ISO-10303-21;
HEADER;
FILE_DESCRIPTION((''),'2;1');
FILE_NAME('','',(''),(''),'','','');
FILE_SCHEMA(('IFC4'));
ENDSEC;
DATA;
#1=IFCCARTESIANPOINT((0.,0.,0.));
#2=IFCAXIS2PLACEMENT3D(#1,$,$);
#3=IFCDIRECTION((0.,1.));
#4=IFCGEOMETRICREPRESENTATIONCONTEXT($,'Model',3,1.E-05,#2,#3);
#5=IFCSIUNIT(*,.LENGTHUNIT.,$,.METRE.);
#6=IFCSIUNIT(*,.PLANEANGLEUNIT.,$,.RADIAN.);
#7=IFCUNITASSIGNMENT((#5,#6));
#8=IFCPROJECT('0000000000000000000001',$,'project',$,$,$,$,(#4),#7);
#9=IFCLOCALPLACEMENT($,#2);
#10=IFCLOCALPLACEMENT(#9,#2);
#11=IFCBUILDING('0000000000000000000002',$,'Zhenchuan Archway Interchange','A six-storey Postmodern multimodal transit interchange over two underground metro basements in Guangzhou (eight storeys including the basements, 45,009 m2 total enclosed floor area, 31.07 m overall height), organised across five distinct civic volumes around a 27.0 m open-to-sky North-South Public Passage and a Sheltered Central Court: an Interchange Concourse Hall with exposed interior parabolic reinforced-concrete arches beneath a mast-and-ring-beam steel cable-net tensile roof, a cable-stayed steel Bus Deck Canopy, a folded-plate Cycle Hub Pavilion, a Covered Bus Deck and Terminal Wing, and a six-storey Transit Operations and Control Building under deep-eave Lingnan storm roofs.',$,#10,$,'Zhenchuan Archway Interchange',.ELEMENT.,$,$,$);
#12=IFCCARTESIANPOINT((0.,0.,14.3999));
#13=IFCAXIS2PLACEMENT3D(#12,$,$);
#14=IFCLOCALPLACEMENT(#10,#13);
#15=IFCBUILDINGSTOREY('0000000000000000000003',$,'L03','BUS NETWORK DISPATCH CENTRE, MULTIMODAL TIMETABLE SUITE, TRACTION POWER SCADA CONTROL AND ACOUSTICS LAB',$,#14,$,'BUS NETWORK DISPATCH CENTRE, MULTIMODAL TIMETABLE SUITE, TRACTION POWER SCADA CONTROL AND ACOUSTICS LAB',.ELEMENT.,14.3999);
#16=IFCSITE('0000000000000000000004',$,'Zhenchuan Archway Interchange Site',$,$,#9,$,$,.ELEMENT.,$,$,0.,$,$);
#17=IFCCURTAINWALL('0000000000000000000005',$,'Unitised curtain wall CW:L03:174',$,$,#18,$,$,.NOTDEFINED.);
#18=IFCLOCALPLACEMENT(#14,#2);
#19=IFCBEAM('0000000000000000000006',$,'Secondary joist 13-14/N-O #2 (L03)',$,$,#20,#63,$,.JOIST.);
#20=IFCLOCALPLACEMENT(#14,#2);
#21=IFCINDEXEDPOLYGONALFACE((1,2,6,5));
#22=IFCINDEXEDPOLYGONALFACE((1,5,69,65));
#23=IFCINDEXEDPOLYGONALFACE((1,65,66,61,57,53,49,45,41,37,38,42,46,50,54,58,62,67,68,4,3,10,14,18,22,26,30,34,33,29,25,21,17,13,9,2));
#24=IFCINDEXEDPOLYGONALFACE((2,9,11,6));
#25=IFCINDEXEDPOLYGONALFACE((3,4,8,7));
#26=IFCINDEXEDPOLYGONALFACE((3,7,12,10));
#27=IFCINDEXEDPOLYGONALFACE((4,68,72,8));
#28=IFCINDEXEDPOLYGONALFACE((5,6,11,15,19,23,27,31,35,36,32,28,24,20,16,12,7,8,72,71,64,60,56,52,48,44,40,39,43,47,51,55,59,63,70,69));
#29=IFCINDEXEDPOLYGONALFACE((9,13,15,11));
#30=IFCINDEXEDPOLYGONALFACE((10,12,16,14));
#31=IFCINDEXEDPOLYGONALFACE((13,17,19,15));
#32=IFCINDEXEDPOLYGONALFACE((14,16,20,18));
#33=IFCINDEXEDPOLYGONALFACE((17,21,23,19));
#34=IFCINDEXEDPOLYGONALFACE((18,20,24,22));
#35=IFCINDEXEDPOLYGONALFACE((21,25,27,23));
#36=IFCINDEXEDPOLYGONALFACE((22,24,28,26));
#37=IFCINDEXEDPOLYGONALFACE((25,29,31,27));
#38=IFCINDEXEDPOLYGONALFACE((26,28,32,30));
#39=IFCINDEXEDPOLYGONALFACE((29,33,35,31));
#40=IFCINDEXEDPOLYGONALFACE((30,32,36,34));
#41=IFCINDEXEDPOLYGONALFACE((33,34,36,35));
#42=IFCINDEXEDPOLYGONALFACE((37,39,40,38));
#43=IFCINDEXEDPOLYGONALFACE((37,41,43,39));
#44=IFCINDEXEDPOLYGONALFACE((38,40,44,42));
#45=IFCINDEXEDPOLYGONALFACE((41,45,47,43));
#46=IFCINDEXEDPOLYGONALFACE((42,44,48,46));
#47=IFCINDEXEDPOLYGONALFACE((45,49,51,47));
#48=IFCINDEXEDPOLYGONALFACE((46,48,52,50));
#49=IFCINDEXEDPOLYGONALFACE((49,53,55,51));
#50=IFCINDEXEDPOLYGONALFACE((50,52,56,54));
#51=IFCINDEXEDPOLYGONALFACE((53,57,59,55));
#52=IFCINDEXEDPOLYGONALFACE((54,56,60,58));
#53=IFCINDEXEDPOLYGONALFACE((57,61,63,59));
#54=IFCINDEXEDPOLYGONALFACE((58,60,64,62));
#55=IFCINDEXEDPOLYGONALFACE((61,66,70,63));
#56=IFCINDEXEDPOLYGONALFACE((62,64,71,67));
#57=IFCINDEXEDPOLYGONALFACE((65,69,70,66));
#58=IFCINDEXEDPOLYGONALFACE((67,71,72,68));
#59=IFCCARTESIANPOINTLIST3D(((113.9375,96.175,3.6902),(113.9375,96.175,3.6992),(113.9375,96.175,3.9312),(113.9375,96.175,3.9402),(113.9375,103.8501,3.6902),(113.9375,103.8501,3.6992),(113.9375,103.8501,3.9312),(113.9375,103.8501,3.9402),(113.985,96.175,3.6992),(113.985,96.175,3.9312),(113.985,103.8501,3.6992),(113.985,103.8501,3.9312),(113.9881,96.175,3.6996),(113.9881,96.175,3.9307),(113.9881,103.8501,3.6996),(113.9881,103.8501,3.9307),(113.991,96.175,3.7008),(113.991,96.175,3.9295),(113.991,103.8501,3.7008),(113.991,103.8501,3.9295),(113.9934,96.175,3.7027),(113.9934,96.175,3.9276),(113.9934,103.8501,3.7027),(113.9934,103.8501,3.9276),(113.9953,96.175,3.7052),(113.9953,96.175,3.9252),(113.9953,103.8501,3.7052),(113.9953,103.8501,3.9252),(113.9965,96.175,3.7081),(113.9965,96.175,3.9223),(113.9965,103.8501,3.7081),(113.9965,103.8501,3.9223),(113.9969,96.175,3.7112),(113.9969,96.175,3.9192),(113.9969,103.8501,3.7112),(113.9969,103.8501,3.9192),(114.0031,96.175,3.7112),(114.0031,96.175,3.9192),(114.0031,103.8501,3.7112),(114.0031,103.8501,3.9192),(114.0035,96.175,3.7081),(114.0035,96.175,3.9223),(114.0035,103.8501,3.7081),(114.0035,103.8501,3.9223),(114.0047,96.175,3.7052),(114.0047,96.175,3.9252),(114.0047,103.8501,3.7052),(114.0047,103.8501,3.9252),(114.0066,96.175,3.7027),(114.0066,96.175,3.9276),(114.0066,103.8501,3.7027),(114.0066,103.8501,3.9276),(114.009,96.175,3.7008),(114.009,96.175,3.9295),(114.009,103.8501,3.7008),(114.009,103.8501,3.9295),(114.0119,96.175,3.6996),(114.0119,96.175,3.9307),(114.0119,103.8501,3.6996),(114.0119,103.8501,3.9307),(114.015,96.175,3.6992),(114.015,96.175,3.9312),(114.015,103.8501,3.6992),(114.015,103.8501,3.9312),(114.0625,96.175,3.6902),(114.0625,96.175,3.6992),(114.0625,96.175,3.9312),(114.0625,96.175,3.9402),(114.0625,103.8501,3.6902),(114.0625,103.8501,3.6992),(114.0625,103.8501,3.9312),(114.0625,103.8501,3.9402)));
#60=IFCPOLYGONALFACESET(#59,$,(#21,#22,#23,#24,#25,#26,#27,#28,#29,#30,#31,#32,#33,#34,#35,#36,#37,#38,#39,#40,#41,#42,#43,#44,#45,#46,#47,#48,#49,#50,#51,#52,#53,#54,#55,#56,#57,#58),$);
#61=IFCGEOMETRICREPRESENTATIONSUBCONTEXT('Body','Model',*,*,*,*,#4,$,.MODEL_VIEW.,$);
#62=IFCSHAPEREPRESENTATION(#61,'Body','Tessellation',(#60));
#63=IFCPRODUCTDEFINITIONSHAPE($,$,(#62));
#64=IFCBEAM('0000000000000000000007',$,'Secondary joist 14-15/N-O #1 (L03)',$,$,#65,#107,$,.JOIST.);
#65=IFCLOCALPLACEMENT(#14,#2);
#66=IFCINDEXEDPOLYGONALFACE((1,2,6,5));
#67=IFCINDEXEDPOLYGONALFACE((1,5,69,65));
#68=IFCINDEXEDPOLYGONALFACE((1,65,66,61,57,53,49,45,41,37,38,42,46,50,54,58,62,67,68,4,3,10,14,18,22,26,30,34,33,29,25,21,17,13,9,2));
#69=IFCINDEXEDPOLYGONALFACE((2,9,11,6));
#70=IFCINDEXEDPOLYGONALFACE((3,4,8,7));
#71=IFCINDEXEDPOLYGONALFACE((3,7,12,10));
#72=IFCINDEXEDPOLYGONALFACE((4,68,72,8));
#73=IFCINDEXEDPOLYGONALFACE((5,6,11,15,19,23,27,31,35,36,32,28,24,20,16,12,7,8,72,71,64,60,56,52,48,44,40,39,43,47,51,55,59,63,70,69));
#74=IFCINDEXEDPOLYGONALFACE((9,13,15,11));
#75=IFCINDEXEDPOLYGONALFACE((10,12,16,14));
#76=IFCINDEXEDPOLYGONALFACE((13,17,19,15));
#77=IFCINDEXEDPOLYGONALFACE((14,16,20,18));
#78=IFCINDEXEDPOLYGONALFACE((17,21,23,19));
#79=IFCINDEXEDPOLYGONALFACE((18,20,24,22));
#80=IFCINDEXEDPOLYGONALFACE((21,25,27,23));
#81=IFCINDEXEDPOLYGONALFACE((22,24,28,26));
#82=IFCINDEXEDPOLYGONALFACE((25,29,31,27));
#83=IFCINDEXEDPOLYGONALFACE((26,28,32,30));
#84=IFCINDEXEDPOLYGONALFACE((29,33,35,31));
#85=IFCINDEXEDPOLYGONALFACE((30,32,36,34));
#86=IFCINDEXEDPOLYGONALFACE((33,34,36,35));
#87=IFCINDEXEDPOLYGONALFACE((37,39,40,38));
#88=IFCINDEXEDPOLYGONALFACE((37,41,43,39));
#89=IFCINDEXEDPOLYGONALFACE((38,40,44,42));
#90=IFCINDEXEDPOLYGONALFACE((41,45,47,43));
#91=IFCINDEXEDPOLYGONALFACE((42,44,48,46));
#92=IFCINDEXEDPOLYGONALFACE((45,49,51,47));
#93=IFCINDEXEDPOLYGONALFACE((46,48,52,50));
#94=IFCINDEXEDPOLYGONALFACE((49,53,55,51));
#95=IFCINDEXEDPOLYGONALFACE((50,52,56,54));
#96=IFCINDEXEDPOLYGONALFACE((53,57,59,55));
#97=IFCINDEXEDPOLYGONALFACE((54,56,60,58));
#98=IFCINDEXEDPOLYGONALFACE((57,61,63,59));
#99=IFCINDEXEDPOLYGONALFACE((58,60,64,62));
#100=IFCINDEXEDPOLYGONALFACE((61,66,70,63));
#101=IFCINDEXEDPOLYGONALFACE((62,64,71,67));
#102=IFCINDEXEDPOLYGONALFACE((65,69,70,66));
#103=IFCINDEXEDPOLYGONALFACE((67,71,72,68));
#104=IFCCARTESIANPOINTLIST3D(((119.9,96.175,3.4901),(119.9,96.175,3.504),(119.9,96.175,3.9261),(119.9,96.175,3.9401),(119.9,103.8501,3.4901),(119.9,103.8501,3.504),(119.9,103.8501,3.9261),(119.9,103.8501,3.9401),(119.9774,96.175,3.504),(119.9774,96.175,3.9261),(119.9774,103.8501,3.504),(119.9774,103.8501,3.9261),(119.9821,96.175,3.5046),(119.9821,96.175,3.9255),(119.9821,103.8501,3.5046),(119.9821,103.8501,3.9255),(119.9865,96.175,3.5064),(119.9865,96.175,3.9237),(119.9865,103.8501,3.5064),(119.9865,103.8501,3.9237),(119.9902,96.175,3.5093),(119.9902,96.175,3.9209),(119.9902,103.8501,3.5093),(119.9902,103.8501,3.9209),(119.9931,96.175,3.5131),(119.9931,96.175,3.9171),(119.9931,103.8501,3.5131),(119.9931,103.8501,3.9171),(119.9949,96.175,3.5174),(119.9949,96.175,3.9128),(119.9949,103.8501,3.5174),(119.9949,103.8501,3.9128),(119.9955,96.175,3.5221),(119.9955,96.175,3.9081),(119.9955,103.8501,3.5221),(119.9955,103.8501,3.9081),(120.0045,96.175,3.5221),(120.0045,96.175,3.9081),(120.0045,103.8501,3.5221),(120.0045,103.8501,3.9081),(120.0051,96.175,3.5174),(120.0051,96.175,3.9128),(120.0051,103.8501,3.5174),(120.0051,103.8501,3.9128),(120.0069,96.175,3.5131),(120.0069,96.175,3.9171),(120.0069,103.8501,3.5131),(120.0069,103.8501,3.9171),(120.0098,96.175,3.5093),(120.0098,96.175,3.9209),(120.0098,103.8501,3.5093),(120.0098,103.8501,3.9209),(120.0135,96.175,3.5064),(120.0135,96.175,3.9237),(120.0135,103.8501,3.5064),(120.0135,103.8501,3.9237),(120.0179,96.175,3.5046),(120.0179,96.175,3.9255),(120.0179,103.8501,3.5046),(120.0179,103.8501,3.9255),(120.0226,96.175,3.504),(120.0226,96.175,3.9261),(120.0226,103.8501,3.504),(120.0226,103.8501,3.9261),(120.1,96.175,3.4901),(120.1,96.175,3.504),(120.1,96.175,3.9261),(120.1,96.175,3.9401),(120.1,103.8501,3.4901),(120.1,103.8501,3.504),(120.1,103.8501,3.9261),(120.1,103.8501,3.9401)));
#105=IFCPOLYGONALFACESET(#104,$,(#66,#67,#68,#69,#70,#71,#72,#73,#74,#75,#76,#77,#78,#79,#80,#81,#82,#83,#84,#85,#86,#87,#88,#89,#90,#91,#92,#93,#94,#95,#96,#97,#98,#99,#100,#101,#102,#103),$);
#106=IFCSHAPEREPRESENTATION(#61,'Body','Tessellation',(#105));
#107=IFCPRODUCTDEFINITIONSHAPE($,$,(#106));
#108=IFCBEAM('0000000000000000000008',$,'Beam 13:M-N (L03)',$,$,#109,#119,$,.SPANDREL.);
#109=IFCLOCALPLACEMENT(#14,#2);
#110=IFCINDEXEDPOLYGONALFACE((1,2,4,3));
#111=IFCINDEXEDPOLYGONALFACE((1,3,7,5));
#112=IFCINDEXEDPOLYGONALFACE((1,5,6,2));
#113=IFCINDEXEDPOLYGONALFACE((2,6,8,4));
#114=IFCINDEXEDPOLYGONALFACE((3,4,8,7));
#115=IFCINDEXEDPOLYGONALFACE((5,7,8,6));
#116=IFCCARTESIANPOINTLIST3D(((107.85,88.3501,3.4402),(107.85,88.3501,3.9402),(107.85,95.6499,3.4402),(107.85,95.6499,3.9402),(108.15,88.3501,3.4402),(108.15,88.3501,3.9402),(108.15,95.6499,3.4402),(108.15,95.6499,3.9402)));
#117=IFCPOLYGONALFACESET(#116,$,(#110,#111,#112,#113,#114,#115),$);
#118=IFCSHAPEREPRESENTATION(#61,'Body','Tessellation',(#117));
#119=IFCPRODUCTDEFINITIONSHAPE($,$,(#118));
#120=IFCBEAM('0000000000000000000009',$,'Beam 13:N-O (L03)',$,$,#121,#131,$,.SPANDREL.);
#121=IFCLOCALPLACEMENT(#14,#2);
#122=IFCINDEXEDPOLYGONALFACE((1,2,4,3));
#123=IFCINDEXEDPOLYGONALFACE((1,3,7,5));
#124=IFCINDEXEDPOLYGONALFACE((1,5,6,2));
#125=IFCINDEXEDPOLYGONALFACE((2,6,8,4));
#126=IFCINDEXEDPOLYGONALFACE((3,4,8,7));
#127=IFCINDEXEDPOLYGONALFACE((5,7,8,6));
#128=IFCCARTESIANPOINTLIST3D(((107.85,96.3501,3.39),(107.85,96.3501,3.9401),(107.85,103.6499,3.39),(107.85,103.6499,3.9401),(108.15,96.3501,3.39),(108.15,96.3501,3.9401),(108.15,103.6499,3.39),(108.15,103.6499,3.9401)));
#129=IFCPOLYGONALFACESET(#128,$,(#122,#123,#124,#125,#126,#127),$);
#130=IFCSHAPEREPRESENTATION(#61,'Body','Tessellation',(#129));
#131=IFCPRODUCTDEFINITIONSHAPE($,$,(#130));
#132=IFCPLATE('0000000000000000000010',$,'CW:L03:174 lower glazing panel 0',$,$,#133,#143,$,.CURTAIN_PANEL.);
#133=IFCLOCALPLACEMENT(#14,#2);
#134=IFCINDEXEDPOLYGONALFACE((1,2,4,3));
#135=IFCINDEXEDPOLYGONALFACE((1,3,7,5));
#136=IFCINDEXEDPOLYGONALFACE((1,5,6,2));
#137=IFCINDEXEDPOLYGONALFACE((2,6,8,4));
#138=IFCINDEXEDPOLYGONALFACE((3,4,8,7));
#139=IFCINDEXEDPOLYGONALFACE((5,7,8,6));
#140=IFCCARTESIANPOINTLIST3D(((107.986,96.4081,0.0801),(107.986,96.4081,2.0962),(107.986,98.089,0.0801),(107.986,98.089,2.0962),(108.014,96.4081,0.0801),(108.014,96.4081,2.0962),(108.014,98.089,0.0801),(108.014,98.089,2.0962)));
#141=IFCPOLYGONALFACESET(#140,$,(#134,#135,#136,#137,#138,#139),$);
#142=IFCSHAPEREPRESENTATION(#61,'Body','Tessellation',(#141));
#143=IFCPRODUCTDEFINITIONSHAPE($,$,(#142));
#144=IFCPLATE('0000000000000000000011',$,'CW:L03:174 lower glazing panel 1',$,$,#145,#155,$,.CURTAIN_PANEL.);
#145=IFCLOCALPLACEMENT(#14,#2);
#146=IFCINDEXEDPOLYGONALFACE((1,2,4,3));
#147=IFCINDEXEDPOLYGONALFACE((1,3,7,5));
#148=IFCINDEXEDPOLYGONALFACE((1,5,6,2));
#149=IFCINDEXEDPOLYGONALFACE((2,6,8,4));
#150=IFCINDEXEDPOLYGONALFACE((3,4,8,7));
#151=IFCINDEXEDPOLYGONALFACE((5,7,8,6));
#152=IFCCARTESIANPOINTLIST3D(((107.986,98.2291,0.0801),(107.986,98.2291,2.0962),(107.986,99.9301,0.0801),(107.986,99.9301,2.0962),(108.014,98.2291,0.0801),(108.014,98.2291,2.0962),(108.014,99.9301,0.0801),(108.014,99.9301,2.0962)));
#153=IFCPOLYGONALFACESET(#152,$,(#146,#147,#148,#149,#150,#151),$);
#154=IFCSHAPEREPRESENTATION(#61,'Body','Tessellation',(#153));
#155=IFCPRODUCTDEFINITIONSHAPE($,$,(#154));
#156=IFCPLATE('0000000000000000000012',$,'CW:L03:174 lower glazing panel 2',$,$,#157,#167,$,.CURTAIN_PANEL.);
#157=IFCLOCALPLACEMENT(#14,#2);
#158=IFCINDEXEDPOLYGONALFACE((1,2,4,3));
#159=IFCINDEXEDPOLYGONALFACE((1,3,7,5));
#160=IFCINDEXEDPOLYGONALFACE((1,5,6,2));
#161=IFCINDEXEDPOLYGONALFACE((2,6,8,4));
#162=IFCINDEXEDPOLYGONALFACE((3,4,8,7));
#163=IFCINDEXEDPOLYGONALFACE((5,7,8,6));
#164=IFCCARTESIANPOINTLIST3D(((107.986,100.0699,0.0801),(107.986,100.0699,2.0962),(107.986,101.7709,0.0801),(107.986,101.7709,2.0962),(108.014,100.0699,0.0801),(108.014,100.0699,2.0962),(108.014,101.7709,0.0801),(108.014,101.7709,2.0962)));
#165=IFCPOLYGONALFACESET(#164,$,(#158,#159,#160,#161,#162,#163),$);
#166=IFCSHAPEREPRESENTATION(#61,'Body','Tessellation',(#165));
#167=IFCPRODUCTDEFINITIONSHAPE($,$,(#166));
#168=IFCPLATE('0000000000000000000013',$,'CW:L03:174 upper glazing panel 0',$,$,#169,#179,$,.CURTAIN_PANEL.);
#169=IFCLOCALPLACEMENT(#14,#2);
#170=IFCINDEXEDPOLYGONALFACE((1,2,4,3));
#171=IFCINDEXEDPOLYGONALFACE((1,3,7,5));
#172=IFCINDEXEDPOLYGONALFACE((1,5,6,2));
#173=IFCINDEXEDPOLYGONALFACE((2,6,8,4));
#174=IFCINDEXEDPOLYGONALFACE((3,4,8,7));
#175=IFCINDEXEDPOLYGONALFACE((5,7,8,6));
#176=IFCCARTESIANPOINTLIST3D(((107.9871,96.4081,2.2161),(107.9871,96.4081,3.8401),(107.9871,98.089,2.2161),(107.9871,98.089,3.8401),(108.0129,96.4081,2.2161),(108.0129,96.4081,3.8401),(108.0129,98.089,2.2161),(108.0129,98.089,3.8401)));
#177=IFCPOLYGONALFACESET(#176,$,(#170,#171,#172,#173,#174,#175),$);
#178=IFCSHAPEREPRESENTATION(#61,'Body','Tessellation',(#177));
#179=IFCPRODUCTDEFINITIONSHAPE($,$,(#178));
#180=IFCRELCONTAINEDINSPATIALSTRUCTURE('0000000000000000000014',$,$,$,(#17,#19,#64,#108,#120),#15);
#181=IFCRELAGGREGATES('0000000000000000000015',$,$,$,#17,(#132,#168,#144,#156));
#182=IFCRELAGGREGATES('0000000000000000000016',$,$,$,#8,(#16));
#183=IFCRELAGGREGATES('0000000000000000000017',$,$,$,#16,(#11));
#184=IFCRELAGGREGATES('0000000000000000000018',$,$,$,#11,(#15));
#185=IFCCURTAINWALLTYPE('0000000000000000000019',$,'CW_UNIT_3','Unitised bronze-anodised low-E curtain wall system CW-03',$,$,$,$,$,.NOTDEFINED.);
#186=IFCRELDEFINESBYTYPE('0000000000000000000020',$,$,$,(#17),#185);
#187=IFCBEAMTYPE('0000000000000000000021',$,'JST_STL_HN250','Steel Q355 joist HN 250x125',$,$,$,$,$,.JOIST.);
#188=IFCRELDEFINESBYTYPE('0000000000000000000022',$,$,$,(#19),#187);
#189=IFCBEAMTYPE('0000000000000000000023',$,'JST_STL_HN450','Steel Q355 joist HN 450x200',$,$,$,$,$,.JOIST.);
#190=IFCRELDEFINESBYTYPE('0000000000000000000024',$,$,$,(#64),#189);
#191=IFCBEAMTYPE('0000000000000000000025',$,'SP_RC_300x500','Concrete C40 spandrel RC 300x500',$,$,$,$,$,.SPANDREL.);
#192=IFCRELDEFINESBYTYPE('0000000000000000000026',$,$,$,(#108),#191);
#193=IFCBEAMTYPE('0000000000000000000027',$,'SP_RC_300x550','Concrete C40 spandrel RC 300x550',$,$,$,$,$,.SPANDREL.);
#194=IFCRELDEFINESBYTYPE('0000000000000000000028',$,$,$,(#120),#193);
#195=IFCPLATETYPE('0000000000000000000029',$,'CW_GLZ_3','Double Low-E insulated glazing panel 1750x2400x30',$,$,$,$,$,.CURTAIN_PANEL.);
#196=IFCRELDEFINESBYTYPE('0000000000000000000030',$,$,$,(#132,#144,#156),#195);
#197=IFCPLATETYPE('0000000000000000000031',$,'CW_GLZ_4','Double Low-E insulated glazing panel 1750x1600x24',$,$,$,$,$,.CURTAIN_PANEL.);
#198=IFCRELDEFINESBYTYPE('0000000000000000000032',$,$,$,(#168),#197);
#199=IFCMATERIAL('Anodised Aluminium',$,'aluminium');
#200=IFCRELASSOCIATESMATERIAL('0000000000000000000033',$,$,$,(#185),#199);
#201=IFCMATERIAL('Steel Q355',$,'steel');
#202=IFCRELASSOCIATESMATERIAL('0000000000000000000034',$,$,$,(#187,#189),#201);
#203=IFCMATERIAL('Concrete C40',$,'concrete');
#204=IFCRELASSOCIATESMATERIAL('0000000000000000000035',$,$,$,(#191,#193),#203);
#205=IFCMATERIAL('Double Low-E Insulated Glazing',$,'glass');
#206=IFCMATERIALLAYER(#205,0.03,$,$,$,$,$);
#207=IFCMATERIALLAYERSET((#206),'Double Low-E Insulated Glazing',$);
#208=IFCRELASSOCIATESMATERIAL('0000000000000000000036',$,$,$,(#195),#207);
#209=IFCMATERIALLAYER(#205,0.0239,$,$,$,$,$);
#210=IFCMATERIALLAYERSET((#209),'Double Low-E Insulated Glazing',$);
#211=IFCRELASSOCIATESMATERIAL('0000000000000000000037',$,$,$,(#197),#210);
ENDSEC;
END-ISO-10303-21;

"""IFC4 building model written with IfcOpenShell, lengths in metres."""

from ifc_helpers import new_model, si_unit, direction, frame, origin, origin_2d, place, context, subcontext, project, spatial, rectangle, i_section, extrude, material, layer, layer_set, material_profile, profile_set, type_object, element, aggregate, save


model = new_model("IFC4")

# Units and contexts
model_context = context("Model", 3, precision=1e-05, world=origin(), true_north=direction((0.0, 1.0)))
body_context = subcontext(model_context, "Body", "Model", "MODEL_VIEW")
ifc_project = project(units=[si_unit("LENGTHUNIT", "METRE"), si_unit("PLANEANGLEUNIT", "RADIAN")], contexts=[model_context])

# Site, building, storey
site_placement = place(None, origin())
site = spatial("IfcSite", under=ifc_project, at=site_placement, Name="Zhenchuan Archway Interchange Site", CompositionType="ELEMENT", RefElevation=0.0)
building_placement = place(site_placement, origin())
building = spatial("IfcBuilding", under=site, at=building_placement, Name="Zhenchuan Archway Interchange", Description="A six-storey Postmodern multimodal transit interchange over two underground metro basements in Guangzhou (eight storeys including the basements, 45,009 m2 total enclosed floor area, 31.07 m overall height), organised across five distinct civic volumes around a 27.0 m open-to-sky North-South Public Passage and a Sheltered Central Court: an Interchange Concourse Hall with exposed interior parabolic reinforced-concrete arches beneath a mast-and-ring-beam steel cable-net tensile roof, a cable-stayed steel Bus Deck Canopy, a folded-plate Cycle Hub Pavilion, a Covered Bus Deck and Terminal Wing, and a six-storey Transit Operations and Control Building under deep-eave Lingnan storm roofs.", LongName="Zhenchuan Archway Interchange", CompositionType="ELEMENT")
storey_placement = place(building_placement, frame((0.0, 0.0, 14.3999)))
storey = spatial("IfcBuildingStorey", under=building, at=storey_placement, Name="L03", Description="BUS NETWORK DISPATCH CENTRE, MULTIMODAL TIMETABLE SUITE, TRACTION POWER SCADA CONTROL AND ACOUSTICS LAB", LongName="BUS NETWORK DISPATCH CENTRE, MULTIMODAL TIMETABLE SUITE, TRACTION POWER SCADA CONTROL AND ACOUSTICS LAB", CompositionType="ELEMENT", Elevation=14.3999)

# Shared definitions
ifc_material_1 = material(Name="Concrete C40", Category="concrete")

# Curtain wall
ifc_material_2 = material(Name="Anodised Aluminium", Category="aluminium")
curtain_wall_type = type_object("IfcCurtainWallType", Name="CW_UNIT_3", Description="Unitised bronze-anodised low-E curtain wall system CW-03", PredefinedType="NOTDEFINED", material=ifc_material_2)
curtain_wall_placement = place(storey_placement, origin())
curtain_wall = element("IfcCurtainWall", 1, at=curtain_wall_placement, inside=storey, type_object=curtain_wall_type, Name="Unitised curtain wall CW:L03:174", PredefinedType="NOTDEFINED")

# Beams
ifc_material_3 = material(Name="Steel Q355", Category="steel")
ifc_material_profile_1 = material_profile(ifc_material_3, i_section(OverallWidth=0.125, OverallDepth=0.25, WebThickness=0.0061, FlangeThickness=0.009, FilletRadius=0.012, at=origin_2d()), Name="HN 250x125")
ifc_profile_set_1 = profile_set([ifc_material_profile_1], Name="Steel Q355")
beam_type_1 = type_object("IfcBeamType", Name="JST_STL_HN250", Description="Steel Q355 joist HN 250x125", PredefinedType="JOIST", material=ifc_profile_set_1)
for number, where, z_axis, x_axis, name in (
    (2, (114.0, 96.175, 3.8152), (0.0, 1.0, 0.0), (-1.0, 0.0, 0.0), "Secondary joist 13-14/N-O #2 (L03)"),
):
    element("IfcBeam", number, at=place(storey_placement, frame(where, z_axis=z_axis, x_axis=x_axis)), inside=storey, type_object=beam_type_1, Name=name, PredefinedType="JOIST", context=body_context, shape_type="SweptSolid", body=[
        extrude(i_section(OverallWidth=0.125, OverallDepth=0.25, WebThickness=0.0061, FlangeThickness=0.009, FilletRadius=0.012, at=origin_2d()), origin(), (0.0, 0.0, 1.0), 7.675),
    ])
ifc_material_profile_2 = material_profile(ifc_material_3, i_section(OverallWidth=0.2, OverallDepth=0.45, WebThickness=0.009, FlangeThickness=0.0139, FilletRadius=0.0181, at=origin_2d()), Name="HN 450x200")
ifc_profile_set_2 = profile_set([ifc_material_profile_2], Name="Steel Q355")
beam_type_2 = type_object("IfcBeamType", Name="JST_STL_HN450", Description="Steel Q355 joist HN 450x200", PredefinedType="JOIST", material=ifc_profile_set_2)
beam_1_placement = place(storey_placement, frame((120.0, 96.175, 3.7151), z_axis=(0.0, 1.0, 0.0), x_axis=(-1.0, 0.0, 0.0)))
element("IfcBeam", 3, at=beam_1_placement, inside=storey, type_object=beam_type_2, Name="Secondary joist 14-15/N-O #1 (L03)", PredefinedType="JOIST", context=body_context, shape_type="SweptSolid", body=[
    extrude(i_section(OverallWidth=0.2, OverallDepth=0.45, WebThickness=0.009, FlangeThickness=0.0139, FilletRadius=0.0181, at=origin_2d()), origin(), (0.0, 0.0, 1.0), 7.675),
])
ifc_material_profile_3 = material_profile(ifc_material_1, rectangle(XDim=0.3, YDim=0.5, at=origin_2d()), Name="RC 300x500")
ifc_profile_set_3 = profile_set([ifc_material_profile_3], Name="Concrete C40")
beam_type_3 = type_object("IfcBeamType", Name="SP_RC_300x500", Description="Concrete C40 spandrel RC 300x500", PredefinedType="SPANDREL", material=ifc_profile_set_3)
beam_2_placement = place(storey_placement, frame((108.0, 88.3501, 3.6902), z_axis=(0.0, 1.0, 0.0), x_axis=(-1.0, 0.0, 0.0)))
element("IfcBeam", 4, at=beam_2_placement, inside=storey, type_object=beam_type_3, Name="Beam 13:M-N (L03)", PredefinedType="SPANDREL", context=body_context, shape_type="SweptSolid", body=[
    extrude(rectangle(XDim=0.3, YDim=0.5, at=origin_2d()), origin(), (0.0, 0.0, 1.0), 7.2998),
])
ifc_material_profile_4 = material_profile(ifc_material_1, rectangle(XDim=0.3, YDim=0.55, at=origin_2d()), Name="RC 300x550")
ifc_profile_set_4 = profile_set([ifc_material_profile_4], Name="Concrete C40")
beam_type_4 = type_object("IfcBeamType", Name="SP_RC_300x550", Description="Concrete C40 spandrel RC 300x550", PredefinedType="SPANDREL", material=ifc_profile_set_4)
beam_3_placement = place(storey_placement, frame((108.0, 96.3501, 3.665), z_axis=(0.0, 1.0, 0.0), x_axis=(-1.0, 0.0, 0.0)))
element("IfcBeam", 5, at=beam_3_placement, inside=storey, type_object=beam_type_4, Name="Beam 13:N-O (L03)", PredefinedType="SPANDREL", context=body_context, shape_type="SweptSolid", body=[
    extrude(rectangle(XDim=0.3, YDim=0.55, at=origin_2d()), origin(), (0.0, 0.0, 1.0), 7.2998),
])

# Plates
ifc_material_4 = material(Name="Double Low-E Insulated Glazing", Category="glass")
ifc_layer_1 = layer(ifc_material_4, 0.03)
ifc_layer_set_1 = layer_set([ifc_layer_1], Name="Double Low-E Insulated Glazing")
plate_type_1 = type_object("IfcPlateType", Name="CW_GLZ_3", Description="Double Low-E insulated glazing panel 1750x2400x30", PredefinedType="CURTAIN_PANEL", material=ifc_layer_set_1)
plate_1_placement = place(storey_placement, frame((108.0, 97.2485, 0.0801), z_axis=(0.0, 0.0, 1.0), x_axis=(0.0, 1.0, 0.0)))
plate_1 = element("IfcPlate", 6, at=plate_1_placement, type_object=plate_type_1, Name="CW:L03:174 lower glazing panel 0", PredefinedType="CURTAIN_PANEL", context=body_context, shape_type="SweptSolid", body=[
    extrude(rectangle(XDim=1.6809, YDim=0.0281, at=origin_2d()), origin(), (0.0, 0.0, 1.0), 2.0161),
])
plate_2_placement = place(storey_placement, frame((108.0, 99.0796, 0.0801), z_axis=(0.0, 0.0, 1.0), x_axis=(0.0, 1.0, 0.0)))
plate_2 = element("IfcPlate", 7, at=plate_2_placement, type_object=plate_type_1, Name="CW:L03:174 lower glazing panel 1", PredefinedType="CURTAIN_PANEL", context=body_context, shape_type="SweptSolid", body=[
    extrude(rectangle(XDim=1.7009, YDim=0.0281, at=origin_2d()), origin(), (0.0, 0.0, 1.0), 2.0161),
])
plate_3_placement = place(storey_placement, frame((108.0, 100.9204, 0.0801), z_axis=(0.0, 0.0, 1.0), x_axis=(0.0, 1.0, 0.0)))
plate_3 = element("IfcPlate", 8, at=plate_3_placement, type_object=plate_type_1, Name="CW:L03:174 lower glazing panel 2", PredefinedType="CURTAIN_PANEL", context=body_context, shape_type="SweptSolid", body=[
    extrude(rectangle(XDim=1.7009, YDim=0.0281, at=origin_2d()), origin(), (0.0, 0.0, 1.0), 2.0161),
])
ifc_layer_2 = layer(ifc_material_4, 0.0239)
ifc_layer_set_2 = layer_set([ifc_layer_2], Name="Double Low-E Insulated Glazing")
plate_type_2 = type_object("IfcPlateType", Name="CW_GLZ_4", Description="Double Low-E insulated glazing panel 1750x1600x24", PredefinedType="CURTAIN_PANEL", material=ifc_layer_set_2)
plate_4_placement = place(storey_placement, frame((108.0, 97.2485, 2.2161), z_axis=(0.0, 0.0, 1.0), x_axis=(0.0, 1.0, 0.0)))
plate_4 = element("IfcPlate", 9, at=plate_4_placement, type_object=plate_type_2, Name="CW:L03:174 upper glazing panel 0", PredefinedType="CURTAIN_PANEL", context=body_context, shape_type="SweptSolid", body=[
    extrude(rectangle(XDim=1.6809, YDim=0.0259, at=origin_2d()), origin(), (0.0, 0.0, 1.0), 1.624),
])
aggregate(curtain_wall, [plate_1, plate_4, plate_2, plate_3])

save(model, "model.ifc")
